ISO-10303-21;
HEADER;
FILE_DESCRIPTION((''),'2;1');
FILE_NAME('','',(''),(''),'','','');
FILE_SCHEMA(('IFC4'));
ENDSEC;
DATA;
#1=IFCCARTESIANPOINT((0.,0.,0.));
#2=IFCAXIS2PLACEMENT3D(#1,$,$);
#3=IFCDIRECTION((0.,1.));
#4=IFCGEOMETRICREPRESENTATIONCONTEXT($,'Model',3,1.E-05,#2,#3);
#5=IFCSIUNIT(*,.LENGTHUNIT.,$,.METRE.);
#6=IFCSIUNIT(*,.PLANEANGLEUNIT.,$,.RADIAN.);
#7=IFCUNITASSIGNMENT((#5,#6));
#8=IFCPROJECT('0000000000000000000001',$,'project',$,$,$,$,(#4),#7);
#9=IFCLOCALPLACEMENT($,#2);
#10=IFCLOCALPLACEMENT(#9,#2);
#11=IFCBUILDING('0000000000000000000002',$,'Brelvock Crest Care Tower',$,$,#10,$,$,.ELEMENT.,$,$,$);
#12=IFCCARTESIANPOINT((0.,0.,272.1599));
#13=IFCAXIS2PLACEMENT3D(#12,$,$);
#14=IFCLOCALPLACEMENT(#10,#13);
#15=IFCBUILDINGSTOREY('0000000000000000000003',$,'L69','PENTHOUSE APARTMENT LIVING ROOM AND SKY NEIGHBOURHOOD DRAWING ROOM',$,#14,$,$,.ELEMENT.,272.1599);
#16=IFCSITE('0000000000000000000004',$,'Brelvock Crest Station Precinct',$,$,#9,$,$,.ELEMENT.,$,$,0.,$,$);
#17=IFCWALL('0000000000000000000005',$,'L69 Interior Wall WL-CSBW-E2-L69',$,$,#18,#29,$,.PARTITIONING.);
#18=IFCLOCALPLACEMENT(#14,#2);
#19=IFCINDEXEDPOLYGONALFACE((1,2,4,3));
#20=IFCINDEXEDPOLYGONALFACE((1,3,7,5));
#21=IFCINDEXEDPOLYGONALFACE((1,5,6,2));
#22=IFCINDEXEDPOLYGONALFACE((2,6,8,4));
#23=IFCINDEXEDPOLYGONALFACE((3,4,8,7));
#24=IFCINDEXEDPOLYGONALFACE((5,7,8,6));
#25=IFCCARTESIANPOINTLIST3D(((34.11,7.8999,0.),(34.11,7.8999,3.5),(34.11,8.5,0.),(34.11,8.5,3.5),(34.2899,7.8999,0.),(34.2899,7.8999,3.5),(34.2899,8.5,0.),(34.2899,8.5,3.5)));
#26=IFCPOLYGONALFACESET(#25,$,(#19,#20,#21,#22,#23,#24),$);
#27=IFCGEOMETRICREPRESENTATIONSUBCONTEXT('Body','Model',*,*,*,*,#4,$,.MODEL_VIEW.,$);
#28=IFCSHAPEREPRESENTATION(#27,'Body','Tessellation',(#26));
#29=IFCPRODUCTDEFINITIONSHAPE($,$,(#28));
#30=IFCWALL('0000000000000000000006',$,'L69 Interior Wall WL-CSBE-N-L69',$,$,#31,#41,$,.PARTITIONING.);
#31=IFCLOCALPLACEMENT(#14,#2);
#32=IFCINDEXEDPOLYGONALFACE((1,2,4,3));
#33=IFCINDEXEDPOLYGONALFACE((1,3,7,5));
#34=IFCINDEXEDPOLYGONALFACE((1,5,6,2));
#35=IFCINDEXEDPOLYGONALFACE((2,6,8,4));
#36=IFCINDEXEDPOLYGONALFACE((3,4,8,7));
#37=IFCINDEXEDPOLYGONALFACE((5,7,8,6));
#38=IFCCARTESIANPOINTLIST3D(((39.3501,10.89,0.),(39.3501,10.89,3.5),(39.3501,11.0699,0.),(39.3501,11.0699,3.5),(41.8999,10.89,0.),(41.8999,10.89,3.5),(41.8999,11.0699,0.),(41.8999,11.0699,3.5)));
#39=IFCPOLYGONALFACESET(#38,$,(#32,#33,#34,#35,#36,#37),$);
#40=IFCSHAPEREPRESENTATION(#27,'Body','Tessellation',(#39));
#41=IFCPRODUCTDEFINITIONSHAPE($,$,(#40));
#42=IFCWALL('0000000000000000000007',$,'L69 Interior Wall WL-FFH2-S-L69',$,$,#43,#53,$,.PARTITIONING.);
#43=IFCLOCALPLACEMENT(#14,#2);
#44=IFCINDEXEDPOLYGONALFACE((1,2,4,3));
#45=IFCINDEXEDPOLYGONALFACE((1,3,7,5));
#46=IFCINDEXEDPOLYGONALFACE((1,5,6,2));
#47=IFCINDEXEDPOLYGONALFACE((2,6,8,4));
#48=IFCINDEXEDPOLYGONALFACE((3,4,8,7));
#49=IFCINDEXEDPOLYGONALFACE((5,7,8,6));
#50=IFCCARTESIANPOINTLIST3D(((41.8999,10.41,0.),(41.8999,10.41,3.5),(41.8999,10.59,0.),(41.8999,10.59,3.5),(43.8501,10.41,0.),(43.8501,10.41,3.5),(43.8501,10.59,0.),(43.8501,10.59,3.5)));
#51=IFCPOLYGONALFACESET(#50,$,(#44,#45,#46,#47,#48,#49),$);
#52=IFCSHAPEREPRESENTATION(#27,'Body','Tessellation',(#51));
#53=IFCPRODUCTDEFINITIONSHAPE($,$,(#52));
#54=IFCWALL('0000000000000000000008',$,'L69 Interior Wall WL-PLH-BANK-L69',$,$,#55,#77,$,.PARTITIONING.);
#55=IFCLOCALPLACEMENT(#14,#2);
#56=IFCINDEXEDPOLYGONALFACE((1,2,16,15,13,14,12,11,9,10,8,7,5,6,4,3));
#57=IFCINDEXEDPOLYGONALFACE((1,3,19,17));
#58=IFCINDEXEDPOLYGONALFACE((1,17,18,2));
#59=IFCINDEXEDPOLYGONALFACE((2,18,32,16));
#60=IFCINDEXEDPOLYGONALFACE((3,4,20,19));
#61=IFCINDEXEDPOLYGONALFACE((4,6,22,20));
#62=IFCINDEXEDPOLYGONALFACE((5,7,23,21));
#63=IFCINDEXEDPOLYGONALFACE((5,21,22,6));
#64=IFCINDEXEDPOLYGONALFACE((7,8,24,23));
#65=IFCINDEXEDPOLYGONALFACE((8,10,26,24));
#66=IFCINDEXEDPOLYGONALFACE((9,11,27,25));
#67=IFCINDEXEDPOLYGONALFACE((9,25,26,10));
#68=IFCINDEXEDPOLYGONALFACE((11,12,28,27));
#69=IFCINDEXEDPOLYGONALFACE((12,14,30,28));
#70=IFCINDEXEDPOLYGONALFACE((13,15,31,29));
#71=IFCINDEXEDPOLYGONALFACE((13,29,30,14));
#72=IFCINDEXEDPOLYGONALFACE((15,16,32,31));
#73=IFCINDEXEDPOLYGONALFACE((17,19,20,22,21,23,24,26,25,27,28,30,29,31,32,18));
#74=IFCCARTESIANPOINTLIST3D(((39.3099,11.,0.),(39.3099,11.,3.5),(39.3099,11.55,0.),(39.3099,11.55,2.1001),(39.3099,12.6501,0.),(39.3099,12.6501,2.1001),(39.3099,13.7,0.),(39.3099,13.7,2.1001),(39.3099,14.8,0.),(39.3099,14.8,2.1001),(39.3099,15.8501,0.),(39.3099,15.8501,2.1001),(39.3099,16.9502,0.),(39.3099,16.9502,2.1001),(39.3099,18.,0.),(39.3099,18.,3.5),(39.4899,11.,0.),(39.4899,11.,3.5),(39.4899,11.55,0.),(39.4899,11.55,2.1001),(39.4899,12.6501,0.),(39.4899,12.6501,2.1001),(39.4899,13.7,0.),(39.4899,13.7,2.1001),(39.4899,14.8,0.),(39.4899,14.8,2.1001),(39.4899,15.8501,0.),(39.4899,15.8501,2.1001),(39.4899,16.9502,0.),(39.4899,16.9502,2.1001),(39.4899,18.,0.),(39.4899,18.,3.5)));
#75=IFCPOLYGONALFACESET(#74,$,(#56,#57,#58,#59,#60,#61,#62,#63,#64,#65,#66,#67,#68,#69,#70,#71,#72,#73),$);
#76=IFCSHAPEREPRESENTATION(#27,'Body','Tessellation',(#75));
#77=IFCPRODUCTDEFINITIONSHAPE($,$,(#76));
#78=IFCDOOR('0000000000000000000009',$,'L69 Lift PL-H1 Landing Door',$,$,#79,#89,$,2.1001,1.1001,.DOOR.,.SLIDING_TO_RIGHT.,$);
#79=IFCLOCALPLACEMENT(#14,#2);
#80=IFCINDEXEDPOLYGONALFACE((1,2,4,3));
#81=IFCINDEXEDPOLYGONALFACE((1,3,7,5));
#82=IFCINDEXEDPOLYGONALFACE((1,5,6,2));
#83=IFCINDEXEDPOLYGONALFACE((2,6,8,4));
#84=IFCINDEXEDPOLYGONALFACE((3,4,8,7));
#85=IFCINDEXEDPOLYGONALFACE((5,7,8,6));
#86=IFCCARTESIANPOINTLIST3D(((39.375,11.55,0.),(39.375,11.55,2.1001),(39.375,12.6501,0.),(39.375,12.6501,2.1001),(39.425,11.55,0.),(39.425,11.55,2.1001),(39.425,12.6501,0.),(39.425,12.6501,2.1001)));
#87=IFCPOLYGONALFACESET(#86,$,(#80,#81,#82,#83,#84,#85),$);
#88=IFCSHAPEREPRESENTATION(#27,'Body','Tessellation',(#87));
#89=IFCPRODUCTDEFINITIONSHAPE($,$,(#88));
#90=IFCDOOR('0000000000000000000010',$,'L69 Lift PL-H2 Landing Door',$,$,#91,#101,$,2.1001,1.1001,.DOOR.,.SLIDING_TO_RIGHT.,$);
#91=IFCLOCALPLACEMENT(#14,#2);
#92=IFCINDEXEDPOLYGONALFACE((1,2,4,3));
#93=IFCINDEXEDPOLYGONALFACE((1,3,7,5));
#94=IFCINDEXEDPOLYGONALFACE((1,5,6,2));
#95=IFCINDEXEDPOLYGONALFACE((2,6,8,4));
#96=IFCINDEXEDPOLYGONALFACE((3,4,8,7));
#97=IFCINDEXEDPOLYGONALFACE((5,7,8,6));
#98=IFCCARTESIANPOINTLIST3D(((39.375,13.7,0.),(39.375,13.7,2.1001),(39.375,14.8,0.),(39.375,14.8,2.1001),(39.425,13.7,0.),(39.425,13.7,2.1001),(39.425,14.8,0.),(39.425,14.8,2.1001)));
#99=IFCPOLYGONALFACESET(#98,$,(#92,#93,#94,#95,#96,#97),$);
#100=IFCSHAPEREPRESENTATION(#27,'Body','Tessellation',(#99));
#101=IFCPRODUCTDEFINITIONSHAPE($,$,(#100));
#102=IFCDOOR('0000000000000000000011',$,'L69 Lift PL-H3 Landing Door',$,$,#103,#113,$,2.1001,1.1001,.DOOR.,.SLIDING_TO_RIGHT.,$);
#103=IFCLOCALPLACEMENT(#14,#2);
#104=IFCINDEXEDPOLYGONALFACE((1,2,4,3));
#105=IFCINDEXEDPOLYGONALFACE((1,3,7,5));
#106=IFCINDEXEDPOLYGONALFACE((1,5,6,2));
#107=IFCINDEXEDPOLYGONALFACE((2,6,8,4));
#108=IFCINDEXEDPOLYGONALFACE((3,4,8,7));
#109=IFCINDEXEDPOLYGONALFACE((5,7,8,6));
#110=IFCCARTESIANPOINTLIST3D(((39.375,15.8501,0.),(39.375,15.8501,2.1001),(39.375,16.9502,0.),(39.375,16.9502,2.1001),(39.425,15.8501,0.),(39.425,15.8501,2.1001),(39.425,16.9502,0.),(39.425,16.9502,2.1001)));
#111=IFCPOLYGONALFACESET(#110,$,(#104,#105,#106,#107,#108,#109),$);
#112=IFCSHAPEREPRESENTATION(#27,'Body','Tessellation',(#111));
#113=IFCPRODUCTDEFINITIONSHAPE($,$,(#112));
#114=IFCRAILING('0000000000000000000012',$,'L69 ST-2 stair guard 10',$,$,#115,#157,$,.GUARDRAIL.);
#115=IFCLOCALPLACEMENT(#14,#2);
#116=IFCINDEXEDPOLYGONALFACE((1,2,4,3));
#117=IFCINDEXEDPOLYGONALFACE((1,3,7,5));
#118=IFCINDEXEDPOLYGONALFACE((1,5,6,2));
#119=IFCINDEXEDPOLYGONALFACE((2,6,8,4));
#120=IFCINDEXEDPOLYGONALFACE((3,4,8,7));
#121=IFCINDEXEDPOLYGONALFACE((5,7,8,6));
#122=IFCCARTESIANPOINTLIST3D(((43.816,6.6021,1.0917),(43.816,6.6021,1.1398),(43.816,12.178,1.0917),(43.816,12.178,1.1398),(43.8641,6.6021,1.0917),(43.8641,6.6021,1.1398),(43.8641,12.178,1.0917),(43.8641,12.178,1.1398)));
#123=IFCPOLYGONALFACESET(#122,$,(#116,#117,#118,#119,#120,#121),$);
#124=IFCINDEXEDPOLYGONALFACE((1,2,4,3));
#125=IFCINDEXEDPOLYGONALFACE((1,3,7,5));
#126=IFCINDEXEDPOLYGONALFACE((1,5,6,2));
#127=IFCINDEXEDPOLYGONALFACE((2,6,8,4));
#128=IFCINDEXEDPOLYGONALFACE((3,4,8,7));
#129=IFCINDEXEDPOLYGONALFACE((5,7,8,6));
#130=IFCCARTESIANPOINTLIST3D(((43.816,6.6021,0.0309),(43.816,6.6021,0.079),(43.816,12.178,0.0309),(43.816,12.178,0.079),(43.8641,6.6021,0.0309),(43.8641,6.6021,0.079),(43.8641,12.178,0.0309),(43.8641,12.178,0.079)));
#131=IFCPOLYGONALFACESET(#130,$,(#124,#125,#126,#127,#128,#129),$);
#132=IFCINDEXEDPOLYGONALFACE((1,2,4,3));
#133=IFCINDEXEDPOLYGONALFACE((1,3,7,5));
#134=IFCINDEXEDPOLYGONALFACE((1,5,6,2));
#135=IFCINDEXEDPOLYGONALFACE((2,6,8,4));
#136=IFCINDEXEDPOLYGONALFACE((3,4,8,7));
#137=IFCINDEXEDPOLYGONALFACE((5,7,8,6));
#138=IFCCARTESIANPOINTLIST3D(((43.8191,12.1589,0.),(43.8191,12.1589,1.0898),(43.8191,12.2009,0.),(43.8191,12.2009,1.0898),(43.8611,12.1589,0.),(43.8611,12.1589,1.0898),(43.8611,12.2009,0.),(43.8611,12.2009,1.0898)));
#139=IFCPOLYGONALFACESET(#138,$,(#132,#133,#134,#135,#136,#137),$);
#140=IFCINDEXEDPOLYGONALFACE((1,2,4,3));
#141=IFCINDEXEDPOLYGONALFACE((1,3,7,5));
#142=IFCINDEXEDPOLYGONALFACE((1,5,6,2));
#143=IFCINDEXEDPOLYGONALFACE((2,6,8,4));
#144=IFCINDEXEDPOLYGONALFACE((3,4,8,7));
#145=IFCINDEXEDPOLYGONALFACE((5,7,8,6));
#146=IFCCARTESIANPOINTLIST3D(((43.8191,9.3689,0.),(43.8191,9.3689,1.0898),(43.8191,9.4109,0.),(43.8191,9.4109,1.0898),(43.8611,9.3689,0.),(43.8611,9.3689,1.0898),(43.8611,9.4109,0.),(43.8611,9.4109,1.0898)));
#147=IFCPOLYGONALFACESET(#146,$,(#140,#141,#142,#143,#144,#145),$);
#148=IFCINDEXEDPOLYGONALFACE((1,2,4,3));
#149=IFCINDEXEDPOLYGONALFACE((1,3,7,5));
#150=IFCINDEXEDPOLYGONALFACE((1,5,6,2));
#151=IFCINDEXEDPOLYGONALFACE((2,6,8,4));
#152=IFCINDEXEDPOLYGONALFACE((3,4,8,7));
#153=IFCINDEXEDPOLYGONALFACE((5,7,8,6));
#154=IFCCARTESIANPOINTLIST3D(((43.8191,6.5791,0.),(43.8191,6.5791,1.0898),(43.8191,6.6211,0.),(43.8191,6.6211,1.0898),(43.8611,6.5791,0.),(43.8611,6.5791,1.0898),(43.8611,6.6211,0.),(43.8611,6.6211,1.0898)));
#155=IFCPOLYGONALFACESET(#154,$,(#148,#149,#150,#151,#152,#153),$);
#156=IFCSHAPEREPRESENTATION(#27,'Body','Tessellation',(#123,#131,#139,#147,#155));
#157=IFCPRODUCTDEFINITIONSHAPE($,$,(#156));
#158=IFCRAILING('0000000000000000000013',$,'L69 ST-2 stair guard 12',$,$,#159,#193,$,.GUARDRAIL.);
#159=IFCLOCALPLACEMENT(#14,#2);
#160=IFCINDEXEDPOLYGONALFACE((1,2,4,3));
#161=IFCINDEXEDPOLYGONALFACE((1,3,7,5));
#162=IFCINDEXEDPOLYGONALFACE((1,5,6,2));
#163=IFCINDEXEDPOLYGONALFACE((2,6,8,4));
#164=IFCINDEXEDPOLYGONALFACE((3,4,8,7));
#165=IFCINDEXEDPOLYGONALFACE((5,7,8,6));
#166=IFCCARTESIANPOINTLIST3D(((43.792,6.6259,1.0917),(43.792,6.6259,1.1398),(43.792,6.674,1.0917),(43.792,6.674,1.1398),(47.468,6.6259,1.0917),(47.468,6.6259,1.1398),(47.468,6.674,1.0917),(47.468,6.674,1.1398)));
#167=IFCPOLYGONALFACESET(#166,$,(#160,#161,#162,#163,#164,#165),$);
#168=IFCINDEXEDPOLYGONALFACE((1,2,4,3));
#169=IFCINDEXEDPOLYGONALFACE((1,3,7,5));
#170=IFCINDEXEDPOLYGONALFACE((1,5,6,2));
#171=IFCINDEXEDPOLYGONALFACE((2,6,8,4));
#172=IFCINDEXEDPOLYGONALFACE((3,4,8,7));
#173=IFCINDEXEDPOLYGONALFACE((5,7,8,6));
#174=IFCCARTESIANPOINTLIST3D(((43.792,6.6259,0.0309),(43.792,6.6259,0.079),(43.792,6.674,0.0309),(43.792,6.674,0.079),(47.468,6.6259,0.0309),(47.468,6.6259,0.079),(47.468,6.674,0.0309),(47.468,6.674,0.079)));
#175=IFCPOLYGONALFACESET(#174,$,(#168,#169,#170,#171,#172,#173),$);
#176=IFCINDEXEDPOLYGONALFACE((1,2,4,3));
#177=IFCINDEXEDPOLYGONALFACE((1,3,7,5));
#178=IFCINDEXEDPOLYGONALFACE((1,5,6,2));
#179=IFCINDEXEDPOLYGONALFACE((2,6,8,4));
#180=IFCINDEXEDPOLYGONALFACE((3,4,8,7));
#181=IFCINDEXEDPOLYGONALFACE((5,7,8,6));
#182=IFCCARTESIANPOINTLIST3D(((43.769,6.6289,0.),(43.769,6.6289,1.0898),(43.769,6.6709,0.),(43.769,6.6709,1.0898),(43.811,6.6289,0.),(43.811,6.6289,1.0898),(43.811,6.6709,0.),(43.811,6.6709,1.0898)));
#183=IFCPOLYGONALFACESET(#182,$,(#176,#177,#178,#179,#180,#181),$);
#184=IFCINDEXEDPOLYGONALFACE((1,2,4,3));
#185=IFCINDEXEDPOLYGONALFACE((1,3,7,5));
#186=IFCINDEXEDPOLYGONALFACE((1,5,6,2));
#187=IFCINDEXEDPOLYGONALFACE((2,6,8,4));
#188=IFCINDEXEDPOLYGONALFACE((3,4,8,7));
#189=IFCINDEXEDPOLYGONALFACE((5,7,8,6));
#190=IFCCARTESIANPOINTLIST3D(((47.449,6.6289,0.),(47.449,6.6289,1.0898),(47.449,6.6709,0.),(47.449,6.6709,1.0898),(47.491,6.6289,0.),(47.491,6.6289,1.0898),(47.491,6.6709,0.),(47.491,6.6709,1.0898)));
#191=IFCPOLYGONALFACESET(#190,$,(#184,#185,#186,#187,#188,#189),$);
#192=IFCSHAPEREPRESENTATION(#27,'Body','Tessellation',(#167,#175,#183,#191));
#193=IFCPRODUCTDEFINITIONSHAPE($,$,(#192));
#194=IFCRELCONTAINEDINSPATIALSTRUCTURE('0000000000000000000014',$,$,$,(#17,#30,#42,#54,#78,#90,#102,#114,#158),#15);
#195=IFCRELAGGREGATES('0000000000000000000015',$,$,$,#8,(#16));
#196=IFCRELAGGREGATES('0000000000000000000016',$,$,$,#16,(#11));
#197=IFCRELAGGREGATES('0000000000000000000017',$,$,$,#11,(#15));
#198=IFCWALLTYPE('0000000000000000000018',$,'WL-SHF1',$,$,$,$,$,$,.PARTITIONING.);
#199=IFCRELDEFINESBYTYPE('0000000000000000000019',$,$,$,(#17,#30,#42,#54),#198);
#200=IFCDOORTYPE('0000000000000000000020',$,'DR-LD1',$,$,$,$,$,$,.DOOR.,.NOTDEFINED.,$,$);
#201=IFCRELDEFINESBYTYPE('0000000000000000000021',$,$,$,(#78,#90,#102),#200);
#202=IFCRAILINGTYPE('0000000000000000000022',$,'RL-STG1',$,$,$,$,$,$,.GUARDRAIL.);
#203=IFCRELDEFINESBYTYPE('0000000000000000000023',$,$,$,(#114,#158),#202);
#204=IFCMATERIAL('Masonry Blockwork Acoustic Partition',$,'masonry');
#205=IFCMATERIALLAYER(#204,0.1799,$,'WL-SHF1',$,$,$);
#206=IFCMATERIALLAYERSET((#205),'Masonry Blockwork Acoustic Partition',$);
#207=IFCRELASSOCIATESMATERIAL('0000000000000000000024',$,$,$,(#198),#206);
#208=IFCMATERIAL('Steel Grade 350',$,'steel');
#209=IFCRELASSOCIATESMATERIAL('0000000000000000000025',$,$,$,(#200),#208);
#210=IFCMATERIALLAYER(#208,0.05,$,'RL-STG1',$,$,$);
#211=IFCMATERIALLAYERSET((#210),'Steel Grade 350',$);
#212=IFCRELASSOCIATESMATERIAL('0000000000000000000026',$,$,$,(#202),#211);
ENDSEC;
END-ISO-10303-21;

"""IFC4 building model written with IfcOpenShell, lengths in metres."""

from ifc_helpers import new_model, si_unit, direction, frame, frame_2d, origin, origin_2d, place, context, subcontext, project, spatial, rectangle, extrude, source, transform, mapped, material, layer, layer_set, type_object, element, fill, save


model = new_model("IFC4")

# Units and contexts
model_context = context("Model", 3, precision=1e-05, world=origin(), true_north=direction((0.0, 1.0)))
body_context = subcontext(model_context, "Body", "Model", "MODEL_VIEW")
ifc_project = project(units=[si_unit("LENGTHUNIT", "METRE"), si_unit("PLANEANGLEUNIT", "RADIAN")], contexts=[model_context])

# Site, building, storey
site_placement = place(None, origin())
site = spatial("IfcSite", under=ifc_project, at=site_placement, Name="Brelvock Crest Station Precinct", CompositionType="ELEMENT", RefElevation=0.0)
building_placement = place(site_placement, origin())
building = spatial("IfcBuilding", under=site, at=building_placement, Name="Brelvock Crest Care Tower", CompositionType="ELEMENT")
storey_placement = place(building_placement, frame((0.0, 0.0, 272.1599)))
storey = spatial("IfcBuildingStorey", under=building, at=storey_placement, Name="L69", Description="PENTHOUSE APARTMENT LIVING ROOM AND SKY NEIGHBOURHOOD DRAWING ROOM", CompositionType="ELEMENT", Elevation=272.1599)

# Shared definitions
ifc_material_1 = material(Name="Steel Grade 350", Category="steel")

# Shared definitions
ifc_material_2 = material(Name="Masonry Blockwork Acoustic Partition", Category="masonry")

# Walls
ifc_layer_1 = layer(ifc_material_2, 0.1799, Name="WL-SHF1")
ifc_layer_set_1 = layer_set([ifc_layer_1], Name="Masonry Blockwork Acoustic Partition")
wall_type_1 = type_object("IfcWallType", Name="WL-SHF1", PredefinedType="PARTITIONING", material=ifc_layer_set_1)
wall_1_placement = place(storey_placement, frame((34.2, 7.8999, 0.0), z_axis=(0.0, 0.0, 1.0), x_axis=(0.0, 1.0, 0.0)))
element("IfcWall", 1, at=wall_1_placement, inside=storey, type_object=wall_type_1, Name="L69 Interior Wall WL-CSBW-E2-L69", PredefinedType="PARTITIONING", context=body_context, shape_type="SweptSolid", body=[
    extrude(rectangle(XDim=0.6001, YDim=0.1799, at=frame_2d((0.3, 0.0))), origin(), (0.0, 0.0, 1.0), 3.5),
])
wall_2_placement = place(storey_placement, frame((39.3501, 10.98, 0.0), z_axis=(0.0, 0.0, 1.0), x_axis=(1.0, 0.0, 0.0)))
element("IfcWall", 2, at=wall_2_placement, inside=storey, type_object=wall_type_1, Name="L69 Interior Wall WL-CSBE-N-L69", PredefinedType="PARTITIONING", context=body_context, shape_type="SweptSolid", body=[
    extrude(rectangle(XDim=2.5498, YDim=0.1799, at=frame_2d((1.2749, 0.0))), origin(), (0.0, 0.0, 1.0), 3.5),
])
wall_3_placement = place(storey_placement, frame((41.8999, 10.5, 0.0), z_axis=(0.0, 0.0, 1.0), x_axis=(1.0, 0.0, 0.0)))
element("IfcWall", 3, at=wall_3_placement, inside=storey, type_object=wall_type_1, Name="L69 Interior Wall WL-FFH2-S-L69", PredefinedType="PARTITIONING", context=body_context, shape_type="SweptSolid", body=[
    extrude(rectangle(XDim=1.9502, YDim=0.1799, at=frame_2d((0.9751, 0.0))), origin(), (0.0, 0.0, 1.0), 3.5),
])

# Wall, openings, doors
wall_4_placement = place(storey_placement, frame((39.3999, 11.0, 0.0), z_axis=(0.0, 0.0, 1.0), x_axis=(0.0, 1.0, 0.0)))
wall_4 = element("IfcWall", 4, at=wall_4_placement, inside=storey, type_object=wall_type_1, Name="L69 Interior Wall WL-PLH-BANK-L69", PredefinedType="PARTITIONING", context=body_context, shape_type="SweptSolid", body=[
    extrude(rectangle(XDim=7.0, YDim=0.1799, at=frame_2d((3.5, 0.0))), origin(), (0.0, 0.0, 1.0), 3.5),
])
opening_1_placement = place(wall_4_placement, frame((0.55, 0.0, 0.0)))
opening_1 = element("IfcOpeningElement", 5, at=opening_1_placement, cuts=wall_4, PredefinedType="OPENING", context=body_context, shape_type="SweptSolid", body=[
    extrude(rectangle(XDim=1.1001, YDim=2.1001, at=origin_2d()), frame((0.55, 0.1001, 1.05), z_axis=(0.0, -1.0, 0.0), x_axis=(1.0, 0.0, 0.0)), (0.0, 0.0, 1.0), 0.2),
])
opening_2_placement = place(wall_4_placement, frame((2.7, 0.0, 0.0)))
opening_2 = element("IfcOpeningElement", 6, at=opening_2_placement, cuts=wall_4, PredefinedType="OPENING", context=body_context, shape_type="SweptSolid", body=[
    extrude(rectangle(XDim=1.1001, YDim=2.1001, at=origin_2d()), frame((0.55, 0.1001, 1.05), z_axis=(0.0, -1.0, 0.0), x_axis=(1.0, 0.0, 0.0)), (0.0, 0.0, 1.0), 0.2),
])
opening_3_placement = place(wall_4_placement, frame((4.8501, 0.0, 0.0)))
opening_3 = element("IfcOpeningElement", 7, at=opening_3_placement, cuts=wall_4, PredefinedType="OPENING", context=body_context, shape_type="SweptSolid", body=[
    extrude(rectangle(XDim=1.1001, YDim=2.1001, at=origin_2d()), frame((0.55, 0.1001, 1.05), z_axis=(0.0, -1.0, 0.0), x_axis=(1.0, 0.0, 0.0)), (0.0, 0.0, 1.0), 0.2),
])
door_type_1 = type_object("IfcDoorType", Name="DR-LD1", OperationType="NOTDEFINED", PredefinedType="DOOR", material=ifc_material_1)
shared_shape_1 = source(origin(), body_context, "Body", "SweptSolid", [
    extrude(rectangle(XDim=1.1001, YDim=2.1001, at=origin_2d()), frame((0.55, 0.0249, 1.05), z_axis=(0.0, -1.0, 0.0), x_axis=(1.0, 0.0, 0.0)), (0.0, 0.0, 1.0), 0.05),
])
door_1_placement = place(opening_1_placement, origin())
door_1 = element("IfcDoor", 8, at=door_1_placement, inside=storey, type_object=door_type_1, Name="L69 Lift PL-H1 Landing Door", OperationType="SLIDING_TO_RIGHT", OverallHeight=2.1001, OverallWidth=1.1001, PredefinedType="DOOR", context=body_context, shape_type="MappedRepresentation", body=[
    mapped(shared_shape_1, transform((0.0, 0.0, 0.0), x_axis=(1.0, 0.0, 0.0), y_axis=(0.0, 1.0, 0.0), z_axis=(0.0, 0.0, 1.0), scale=1.0)),
])
fill(opening_1, door_1)
door_2_placement = place(opening_2_placement, origin())
door_2 = element("IfcDoor", 9, at=door_2_placement, inside=storey, type_object=door_type_1, Name="L69 Lift PL-H2 Landing Door", OperationType="SLIDING_TO_RIGHT", OverallHeight=2.1001, OverallWidth=1.1001, PredefinedType="DOOR", context=body_context, shape_type="MappedRepresentation", body=[
    mapped(shared_shape_1, transform((0.0, 0.0, 0.0), x_axis=(1.0, 0.0, 0.0), y_axis=(0.0, 1.0, 0.0), z_axis=(0.0, 0.0, 1.0), scale=1.0)),
])
fill(opening_2, door_2)
door_3_placement = place(opening_3_placement, origin())
door_3 = element("IfcDoor", 10, at=door_3_placement, inside=storey, type_object=door_type_1, Name="L69 Lift PL-H3 Landing Door", OperationType="SLIDING_TO_RIGHT", OverallHeight=2.1001, OverallWidth=1.1001, PredefinedType="DOOR", context=body_context, shape_type="MappedRepresentation", body=[
    mapped(shared_shape_1, transform((0.0, 0.0, 0.0), x_axis=(1.0, 0.0, 0.0), y_axis=(0.0, 1.0, 0.0), z_axis=(0.0, 0.0, 1.0), scale=1.0)),
])
fill(opening_3, door_3)

# Railings
ifc_layer_2 = layer(ifc_material_1, 0.05, Name="RL-STG1")
ifc_layer_set_2 = layer_set([ifc_layer_2], Name="Steel Grade 350")
railing_type = type_object("IfcRailingType", Name="RL-STG1", PredefinedType="GUARDRAIL", material=ifc_layer_set_2)
railing_1_placement = place(storey_placement, frame((43.8401, 12.1799, 0.0)))
element("IfcRailing", 11, at=railing_1_placement, inside=storey, type_object=railing_type, Name="L69 ST-2 stair guard 10", PredefinedType="GUARDRAIL", context=body_context, shape_type="SweptSolid", body=[
    extrude(rectangle(XDim=0.0481, YDim=0.0481, at=origin_2d()), frame((0.0, -0.002, 1.1157), z_axis=(0.0, -1.0, 0.0), x_axis=(1.0, 0.0, 0.0)), (0.0, 0.0, 1.0), 5.5759),
    extrude(rectangle(XDim=0.0481, YDim=0.0481, at=origin_2d()), frame((0.0, -0.002, 0.0549), z_axis=(0.0, -1.0, 0.0), x_axis=(1.0, 0.0, 0.0)), (0.0, 0.0, 1.0), 5.5759),
    extrude(rectangle(XDim=0.042, YDim=0.042, at=origin_2d()), origin(), (0.0, 0.0, 1.0), 1.0898),
    extrude(rectangle(XDim=0.042, YDim=0.042, at=origin_2d()), frame((0.0, -2.79, 0.0)), (0.0, 0.0, 1.0), 1.0898),
    extrude(rectangle(XDim=0.042, YDim=0.042, at=origin_2d()), frame((0.0, -5.5798, 0.0)), (0.0, 0.0, 1.0), 1.0898),
])
railing_2_placement = place(storey_placement, frame((43.79, 6.6499, 0.0)))
element("IfcRailing", 12, at=railing_2_placement, inside=storey, type_object=railing_type, Name="L69 ST-2 stair guard 12", PredefinedType="GUARDRAIL", context=body_context, shape_type="SweptSolid", body=[
    extrude(rectangle(XDim=0.0481, YDim=0.0481, at=origin_2d()), frame((0.002, 0.0, 1.1157), z_axis=(1.0, 0.0, 0.0), x_axis=(0.0, 1.0, 0.0)), (0.0, 0.0, 1.0), 3.676),
    extrude(rectangle(XDim=0.0481, YDim=0.0481, at=origin_2d()), frame((0.002, 0.0, 0.0549), z_axis=(1.0, 0.0, 0.0), x_axis=(0.0, 1.0, 0.0)), (0.0, 0.0, 1.0), 3.676),
    extrude(rectangle(XDim=0.042, YDim=0.042, at=origin_2d()), origin(), (0.0, 0.0, 1.0), 1.0898),
    extrude(rectangle(XDim=0.042, YDim=0.042, at=origin_2d()), frame((3.6799, 0.0, 0.0)), (0.0, 0.0, 1.0), 1.0898),
])

save(model, "model.ifc")
